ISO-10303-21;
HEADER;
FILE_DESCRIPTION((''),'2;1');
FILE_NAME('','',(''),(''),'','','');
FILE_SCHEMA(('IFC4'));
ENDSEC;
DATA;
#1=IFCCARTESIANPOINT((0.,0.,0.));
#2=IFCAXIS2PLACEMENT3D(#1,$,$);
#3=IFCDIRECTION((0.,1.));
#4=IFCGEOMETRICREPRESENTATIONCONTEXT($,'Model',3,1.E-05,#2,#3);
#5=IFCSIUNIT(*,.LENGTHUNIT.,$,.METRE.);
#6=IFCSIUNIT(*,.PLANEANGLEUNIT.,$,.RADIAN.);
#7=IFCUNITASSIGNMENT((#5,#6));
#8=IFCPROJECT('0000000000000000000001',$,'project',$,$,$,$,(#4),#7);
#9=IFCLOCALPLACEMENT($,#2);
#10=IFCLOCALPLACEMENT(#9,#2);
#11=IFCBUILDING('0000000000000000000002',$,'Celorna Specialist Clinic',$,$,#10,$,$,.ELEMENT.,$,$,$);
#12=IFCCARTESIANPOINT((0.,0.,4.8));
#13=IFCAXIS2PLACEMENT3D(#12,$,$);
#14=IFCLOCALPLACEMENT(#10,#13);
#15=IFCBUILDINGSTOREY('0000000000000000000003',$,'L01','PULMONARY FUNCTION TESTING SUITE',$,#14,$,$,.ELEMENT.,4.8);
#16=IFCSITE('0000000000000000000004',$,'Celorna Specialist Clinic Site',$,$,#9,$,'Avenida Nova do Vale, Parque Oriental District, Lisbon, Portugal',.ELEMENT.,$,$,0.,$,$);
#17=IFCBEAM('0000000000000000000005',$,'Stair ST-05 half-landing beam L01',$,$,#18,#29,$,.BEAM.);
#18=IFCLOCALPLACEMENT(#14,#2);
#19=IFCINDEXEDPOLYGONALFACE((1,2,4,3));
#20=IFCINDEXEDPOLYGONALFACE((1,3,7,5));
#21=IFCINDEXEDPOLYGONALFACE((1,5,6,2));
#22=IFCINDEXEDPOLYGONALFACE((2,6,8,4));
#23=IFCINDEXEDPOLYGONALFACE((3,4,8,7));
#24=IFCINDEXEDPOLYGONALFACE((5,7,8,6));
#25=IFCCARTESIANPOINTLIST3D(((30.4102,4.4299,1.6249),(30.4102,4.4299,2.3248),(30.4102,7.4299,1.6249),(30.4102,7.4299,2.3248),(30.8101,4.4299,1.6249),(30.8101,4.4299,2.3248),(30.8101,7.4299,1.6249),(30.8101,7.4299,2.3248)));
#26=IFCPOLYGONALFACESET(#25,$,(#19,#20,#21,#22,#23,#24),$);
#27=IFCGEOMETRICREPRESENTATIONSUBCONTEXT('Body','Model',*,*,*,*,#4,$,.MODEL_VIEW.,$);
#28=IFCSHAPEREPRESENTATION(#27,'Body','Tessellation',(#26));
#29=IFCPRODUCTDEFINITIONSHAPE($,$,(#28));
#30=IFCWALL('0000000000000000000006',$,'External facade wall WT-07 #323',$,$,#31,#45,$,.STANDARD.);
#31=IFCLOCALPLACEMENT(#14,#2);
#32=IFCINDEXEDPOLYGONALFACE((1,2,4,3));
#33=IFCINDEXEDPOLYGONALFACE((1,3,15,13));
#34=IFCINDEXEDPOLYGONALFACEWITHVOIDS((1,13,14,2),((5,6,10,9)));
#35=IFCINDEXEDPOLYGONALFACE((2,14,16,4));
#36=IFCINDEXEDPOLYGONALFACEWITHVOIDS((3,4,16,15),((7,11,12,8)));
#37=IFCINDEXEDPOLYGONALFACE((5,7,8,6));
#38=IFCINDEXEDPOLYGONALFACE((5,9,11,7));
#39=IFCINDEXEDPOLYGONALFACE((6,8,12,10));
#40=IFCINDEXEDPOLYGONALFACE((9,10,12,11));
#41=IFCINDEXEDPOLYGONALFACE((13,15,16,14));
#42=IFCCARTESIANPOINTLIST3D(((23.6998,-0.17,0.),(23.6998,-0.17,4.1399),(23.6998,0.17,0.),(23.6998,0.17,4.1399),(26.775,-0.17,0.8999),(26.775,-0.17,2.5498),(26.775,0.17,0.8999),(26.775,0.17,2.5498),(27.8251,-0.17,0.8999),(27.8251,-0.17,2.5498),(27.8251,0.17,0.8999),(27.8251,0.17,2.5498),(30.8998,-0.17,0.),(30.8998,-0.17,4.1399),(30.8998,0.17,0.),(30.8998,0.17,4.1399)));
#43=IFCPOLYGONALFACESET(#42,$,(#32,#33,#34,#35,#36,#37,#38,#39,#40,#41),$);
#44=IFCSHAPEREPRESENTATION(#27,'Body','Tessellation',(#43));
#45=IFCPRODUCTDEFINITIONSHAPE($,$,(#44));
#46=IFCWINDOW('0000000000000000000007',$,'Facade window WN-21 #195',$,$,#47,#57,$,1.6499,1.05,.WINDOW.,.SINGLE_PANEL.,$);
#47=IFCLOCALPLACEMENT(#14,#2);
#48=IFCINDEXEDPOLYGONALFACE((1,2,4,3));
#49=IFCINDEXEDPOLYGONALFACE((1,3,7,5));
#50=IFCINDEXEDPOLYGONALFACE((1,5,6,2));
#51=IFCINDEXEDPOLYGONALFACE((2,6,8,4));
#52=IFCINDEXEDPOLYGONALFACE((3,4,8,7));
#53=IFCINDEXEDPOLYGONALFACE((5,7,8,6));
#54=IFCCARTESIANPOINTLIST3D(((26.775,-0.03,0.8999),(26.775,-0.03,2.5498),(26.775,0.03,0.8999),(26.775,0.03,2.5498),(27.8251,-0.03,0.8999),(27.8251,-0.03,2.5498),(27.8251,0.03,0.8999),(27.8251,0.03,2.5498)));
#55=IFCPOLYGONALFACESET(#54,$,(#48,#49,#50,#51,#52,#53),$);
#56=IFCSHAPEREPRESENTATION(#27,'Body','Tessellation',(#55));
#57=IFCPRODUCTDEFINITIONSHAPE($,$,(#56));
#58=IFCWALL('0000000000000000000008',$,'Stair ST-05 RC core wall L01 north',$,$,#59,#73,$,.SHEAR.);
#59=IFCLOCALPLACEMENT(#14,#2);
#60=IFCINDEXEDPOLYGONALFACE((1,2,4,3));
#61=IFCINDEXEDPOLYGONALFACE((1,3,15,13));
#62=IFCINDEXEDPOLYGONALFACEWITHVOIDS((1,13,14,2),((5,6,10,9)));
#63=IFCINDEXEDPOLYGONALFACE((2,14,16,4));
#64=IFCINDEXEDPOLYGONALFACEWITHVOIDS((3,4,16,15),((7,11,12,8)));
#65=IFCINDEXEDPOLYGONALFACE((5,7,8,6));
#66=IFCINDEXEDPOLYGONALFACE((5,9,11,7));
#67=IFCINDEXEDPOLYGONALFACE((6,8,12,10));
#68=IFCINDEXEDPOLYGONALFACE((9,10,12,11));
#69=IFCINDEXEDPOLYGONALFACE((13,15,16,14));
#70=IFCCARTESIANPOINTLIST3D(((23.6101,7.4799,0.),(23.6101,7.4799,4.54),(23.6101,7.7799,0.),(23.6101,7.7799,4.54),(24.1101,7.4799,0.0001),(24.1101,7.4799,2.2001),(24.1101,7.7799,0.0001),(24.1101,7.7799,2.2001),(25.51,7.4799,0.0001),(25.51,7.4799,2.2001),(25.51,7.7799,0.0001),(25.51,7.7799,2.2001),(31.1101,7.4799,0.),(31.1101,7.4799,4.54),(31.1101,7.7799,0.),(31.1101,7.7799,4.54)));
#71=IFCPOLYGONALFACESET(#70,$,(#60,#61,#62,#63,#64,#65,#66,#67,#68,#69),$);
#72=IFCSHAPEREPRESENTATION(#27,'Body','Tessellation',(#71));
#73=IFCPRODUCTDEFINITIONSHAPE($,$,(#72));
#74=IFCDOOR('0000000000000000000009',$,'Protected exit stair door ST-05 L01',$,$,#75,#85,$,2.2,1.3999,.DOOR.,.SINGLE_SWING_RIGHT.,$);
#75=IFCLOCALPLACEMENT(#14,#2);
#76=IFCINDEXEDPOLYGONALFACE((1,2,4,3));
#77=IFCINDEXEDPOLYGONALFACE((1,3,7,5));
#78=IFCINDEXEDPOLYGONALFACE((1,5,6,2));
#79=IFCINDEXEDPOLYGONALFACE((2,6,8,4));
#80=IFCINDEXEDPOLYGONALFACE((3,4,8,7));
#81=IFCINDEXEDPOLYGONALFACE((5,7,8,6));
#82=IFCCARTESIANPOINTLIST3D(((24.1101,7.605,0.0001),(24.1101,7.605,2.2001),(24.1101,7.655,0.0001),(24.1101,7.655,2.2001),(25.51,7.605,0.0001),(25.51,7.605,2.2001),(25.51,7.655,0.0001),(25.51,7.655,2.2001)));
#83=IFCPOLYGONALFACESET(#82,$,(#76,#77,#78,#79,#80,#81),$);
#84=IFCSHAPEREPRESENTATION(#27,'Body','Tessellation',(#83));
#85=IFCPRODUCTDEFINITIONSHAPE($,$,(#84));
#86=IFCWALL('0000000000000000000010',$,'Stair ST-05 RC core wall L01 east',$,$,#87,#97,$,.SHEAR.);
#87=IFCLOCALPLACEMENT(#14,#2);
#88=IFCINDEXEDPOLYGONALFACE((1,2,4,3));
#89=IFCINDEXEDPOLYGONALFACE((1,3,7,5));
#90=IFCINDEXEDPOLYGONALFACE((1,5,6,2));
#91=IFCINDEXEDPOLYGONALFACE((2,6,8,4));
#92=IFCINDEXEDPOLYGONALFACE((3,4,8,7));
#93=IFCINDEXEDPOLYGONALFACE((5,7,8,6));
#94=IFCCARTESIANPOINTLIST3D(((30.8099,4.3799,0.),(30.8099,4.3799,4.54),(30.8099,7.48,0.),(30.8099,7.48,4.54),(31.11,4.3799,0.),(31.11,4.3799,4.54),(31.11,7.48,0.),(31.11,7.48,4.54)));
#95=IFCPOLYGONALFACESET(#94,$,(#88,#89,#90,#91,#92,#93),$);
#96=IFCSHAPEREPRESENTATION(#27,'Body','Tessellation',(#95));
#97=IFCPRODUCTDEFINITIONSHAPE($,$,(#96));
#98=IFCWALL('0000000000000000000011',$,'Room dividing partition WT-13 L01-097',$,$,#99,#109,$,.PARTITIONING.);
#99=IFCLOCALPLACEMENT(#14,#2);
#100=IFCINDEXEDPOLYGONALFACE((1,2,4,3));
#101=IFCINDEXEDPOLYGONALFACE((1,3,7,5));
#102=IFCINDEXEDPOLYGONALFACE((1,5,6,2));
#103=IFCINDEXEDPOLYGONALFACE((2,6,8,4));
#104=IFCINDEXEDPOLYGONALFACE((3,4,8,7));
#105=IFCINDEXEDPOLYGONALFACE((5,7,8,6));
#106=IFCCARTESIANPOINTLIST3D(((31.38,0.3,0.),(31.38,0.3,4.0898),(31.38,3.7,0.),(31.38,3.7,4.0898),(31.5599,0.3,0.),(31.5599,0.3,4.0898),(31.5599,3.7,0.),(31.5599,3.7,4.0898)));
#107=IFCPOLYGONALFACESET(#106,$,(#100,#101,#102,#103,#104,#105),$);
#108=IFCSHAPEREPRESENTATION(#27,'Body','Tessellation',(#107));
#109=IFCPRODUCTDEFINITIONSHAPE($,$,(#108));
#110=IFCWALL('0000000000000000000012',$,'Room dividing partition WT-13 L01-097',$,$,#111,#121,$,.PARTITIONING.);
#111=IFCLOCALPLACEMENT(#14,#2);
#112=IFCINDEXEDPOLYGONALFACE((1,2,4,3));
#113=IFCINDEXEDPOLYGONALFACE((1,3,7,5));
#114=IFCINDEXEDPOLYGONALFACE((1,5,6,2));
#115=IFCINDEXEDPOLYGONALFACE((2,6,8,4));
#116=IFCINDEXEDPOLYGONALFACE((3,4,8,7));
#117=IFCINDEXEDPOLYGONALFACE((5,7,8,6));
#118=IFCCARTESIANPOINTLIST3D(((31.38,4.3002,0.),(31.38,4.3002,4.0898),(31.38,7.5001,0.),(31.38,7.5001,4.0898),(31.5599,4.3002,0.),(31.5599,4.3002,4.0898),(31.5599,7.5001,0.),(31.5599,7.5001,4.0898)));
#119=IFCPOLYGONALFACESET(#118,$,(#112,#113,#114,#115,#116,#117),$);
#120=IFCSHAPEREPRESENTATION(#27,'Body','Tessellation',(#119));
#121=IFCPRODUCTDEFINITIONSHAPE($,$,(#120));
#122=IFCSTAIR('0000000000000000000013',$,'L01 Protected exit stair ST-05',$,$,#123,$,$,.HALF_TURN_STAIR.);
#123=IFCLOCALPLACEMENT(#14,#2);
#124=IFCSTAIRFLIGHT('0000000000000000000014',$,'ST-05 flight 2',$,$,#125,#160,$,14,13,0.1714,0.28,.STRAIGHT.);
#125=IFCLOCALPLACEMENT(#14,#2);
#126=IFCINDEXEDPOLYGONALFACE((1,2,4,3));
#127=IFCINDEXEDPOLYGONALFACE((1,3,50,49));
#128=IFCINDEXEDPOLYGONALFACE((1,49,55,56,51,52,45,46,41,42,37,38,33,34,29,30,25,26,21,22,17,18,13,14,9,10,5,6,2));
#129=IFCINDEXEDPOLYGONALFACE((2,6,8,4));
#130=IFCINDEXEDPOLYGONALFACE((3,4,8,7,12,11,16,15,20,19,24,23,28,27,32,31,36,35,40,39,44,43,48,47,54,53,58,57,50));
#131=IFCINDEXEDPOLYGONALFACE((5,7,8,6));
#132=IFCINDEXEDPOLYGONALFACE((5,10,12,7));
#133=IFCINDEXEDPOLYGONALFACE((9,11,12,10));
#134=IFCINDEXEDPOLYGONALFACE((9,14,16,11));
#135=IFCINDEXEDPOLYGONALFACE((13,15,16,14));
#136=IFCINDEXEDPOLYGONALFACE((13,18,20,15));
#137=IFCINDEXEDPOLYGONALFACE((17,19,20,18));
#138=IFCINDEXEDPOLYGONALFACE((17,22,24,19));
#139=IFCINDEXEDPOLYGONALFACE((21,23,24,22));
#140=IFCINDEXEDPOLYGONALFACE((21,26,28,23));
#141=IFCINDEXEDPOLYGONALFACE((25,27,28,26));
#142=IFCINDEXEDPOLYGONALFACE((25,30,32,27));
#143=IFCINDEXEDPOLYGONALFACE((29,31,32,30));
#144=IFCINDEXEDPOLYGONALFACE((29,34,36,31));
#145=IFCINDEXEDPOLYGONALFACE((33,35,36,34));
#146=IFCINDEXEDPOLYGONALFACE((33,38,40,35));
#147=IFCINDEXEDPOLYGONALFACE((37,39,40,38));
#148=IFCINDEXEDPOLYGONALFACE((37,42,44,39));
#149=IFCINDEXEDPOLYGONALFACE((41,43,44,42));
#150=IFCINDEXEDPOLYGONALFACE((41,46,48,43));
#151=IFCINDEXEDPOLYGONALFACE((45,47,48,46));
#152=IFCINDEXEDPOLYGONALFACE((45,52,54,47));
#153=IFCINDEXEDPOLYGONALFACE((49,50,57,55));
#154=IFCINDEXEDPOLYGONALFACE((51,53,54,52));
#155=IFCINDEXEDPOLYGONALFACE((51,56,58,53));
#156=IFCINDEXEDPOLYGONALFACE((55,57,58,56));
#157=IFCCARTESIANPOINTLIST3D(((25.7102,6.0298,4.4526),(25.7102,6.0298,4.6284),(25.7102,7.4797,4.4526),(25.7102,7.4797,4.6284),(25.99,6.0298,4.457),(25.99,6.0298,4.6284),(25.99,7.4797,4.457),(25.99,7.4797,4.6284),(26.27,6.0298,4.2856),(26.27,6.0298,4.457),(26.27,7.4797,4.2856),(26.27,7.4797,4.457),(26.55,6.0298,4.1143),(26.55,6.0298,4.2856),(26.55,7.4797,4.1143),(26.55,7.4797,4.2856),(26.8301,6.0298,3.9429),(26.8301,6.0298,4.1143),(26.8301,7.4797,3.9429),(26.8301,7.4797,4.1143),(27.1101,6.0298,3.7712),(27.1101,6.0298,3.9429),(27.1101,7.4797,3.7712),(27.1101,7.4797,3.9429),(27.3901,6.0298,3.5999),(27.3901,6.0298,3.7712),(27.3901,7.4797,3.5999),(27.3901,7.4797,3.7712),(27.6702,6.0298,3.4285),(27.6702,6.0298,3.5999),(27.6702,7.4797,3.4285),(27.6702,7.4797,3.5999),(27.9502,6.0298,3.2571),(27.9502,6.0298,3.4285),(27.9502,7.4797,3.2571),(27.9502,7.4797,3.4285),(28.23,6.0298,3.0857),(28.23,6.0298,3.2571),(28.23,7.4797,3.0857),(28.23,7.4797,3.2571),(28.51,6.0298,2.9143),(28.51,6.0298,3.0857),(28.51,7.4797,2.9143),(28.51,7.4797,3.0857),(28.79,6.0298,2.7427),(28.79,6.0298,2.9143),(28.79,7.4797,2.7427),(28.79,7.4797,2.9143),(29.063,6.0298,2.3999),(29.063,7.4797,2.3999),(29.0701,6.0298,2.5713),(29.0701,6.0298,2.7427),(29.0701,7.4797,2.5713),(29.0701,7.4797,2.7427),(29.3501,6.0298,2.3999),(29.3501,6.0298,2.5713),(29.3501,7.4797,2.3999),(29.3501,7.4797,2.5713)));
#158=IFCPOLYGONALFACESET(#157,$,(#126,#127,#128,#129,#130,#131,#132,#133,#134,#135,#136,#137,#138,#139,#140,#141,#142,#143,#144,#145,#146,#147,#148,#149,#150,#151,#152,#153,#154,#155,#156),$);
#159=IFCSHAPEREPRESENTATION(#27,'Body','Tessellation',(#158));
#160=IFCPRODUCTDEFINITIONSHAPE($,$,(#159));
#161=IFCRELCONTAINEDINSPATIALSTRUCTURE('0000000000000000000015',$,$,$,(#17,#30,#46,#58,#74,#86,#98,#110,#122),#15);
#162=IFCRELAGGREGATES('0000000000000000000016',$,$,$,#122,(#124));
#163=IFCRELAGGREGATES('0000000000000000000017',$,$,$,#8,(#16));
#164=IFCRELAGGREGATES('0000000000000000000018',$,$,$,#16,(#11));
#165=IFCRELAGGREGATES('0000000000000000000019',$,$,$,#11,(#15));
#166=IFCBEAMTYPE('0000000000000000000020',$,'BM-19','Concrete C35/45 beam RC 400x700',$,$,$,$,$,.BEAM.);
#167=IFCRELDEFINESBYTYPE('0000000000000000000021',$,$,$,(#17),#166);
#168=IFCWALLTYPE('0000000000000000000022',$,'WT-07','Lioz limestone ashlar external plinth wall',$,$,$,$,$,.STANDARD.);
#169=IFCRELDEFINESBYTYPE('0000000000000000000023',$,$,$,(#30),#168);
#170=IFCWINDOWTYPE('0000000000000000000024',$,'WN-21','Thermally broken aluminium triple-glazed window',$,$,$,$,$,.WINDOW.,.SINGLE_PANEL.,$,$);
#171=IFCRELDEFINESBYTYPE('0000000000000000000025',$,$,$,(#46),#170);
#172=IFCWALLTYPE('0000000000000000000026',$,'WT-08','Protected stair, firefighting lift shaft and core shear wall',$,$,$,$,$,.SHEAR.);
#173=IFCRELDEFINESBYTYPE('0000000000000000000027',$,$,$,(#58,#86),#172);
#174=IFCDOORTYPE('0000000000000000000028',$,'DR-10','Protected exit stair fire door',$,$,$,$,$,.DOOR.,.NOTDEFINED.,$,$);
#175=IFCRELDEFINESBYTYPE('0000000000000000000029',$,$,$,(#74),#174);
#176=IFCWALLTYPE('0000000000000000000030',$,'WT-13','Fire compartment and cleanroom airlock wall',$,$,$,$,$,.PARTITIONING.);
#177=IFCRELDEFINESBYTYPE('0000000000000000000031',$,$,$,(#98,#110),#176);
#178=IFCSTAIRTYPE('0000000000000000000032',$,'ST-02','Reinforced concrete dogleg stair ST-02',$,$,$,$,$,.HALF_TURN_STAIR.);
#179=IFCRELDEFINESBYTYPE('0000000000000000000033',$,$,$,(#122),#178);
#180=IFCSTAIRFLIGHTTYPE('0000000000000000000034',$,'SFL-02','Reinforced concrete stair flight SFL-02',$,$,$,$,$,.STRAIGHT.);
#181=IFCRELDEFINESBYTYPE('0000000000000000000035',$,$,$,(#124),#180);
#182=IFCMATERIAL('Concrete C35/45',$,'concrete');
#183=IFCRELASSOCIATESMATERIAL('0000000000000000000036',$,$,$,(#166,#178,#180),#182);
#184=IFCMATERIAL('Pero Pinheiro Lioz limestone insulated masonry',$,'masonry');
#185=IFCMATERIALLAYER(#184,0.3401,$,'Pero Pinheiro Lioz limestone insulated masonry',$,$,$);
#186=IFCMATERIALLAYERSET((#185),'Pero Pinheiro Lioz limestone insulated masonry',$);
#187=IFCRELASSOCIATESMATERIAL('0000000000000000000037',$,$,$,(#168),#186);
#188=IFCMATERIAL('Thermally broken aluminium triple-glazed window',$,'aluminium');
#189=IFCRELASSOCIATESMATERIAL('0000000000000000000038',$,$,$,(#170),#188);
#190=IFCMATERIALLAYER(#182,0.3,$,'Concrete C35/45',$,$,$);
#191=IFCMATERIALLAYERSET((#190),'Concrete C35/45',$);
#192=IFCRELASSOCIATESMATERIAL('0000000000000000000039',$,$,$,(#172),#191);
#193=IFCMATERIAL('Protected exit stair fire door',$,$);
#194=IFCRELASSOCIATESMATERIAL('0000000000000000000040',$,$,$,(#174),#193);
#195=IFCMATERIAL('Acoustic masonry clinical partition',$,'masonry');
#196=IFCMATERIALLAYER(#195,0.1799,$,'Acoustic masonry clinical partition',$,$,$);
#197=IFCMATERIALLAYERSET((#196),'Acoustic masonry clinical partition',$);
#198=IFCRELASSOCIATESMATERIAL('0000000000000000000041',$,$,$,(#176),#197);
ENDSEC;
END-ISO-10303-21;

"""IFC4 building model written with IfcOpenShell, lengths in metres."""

from ifc_helpers import new_model, si_unit, direction, frame, frame_2d, origin, origin_2d, place, context, subcontext, project, spatial, polyline, rectangle, outline, extrude, material, layer, layer_set, material_profile, profile_set, type_object, element, fill, aggregate, save


model = new_model("IFC4")

# Units and contexts
model_context = context("Model", 3, precision=1e-05, world=origin(), true_north=direction((0.0, 1.0)))
body_context = subcontext(model_context, "Body", "Model", "MODEL_VIEW")
ifc_project = project(units=[si_unit("LENGTHUNIT", "METRE"), si_unit("PLANEANGLEUNIT", "RADIAN")], contexts=[model_context])

# Site, building, storey
site_placement = place(None, origin())
site = spatial("IfcSite", under=ifc_project, at=site_placement, Name="Celorna Specialist Clinic Site", LongName="Avenida Nova do Vale, Parque Oriental District, Lisbon, Portugal", CompositionType="ELEMENT", RefElevation=0.0)
building_placement = place(site_placement, origin())
building = spatial("IfcBuilding", under=site, at=building_placement, Name="Celorna Specialist Clinic", CompositionType="ELEMENT")
storey_placement = place(building_placement, frame((0.0, 0.0, 4.8)))
storey = spatial("IfcBuildingStorey", under=building, at=storey_placement, Name="L01", Description="PULMONARY FUNCTION TESTING SUITE", CompositionType="ELEMENT", Elevation=4.8)

# Shared definitions
ifc_material_1 = material(Name="Concrete C35/45", Category="concrete")

# Beam
ifc_material_profile_1 = material_profile(ifc_material_1, rectangle(XDim=0.3999, YDim=0.7, at=origin_2d()), Name="RC 400x700")
ifc_profile_set_1 = profile_set([ifc_material_profile_1], Name="Concrete C35/45")
beam_type_1 = type_object("IfcBeamType", Name="BM-19", Description="Concrete C35/45 beam RC 400x700", PredefinedType="BEAM", material=ifc_profile_set_1)
beam_1_placement = place(storey_placement, frame((30.6101, 4.4299, 1.9749), z_axis=(0.0, 1.0, 0.0), x_axis=(-1.0, 0.0, 0.0)))
element("IfcBeam", 1, at=beam_1_placement, inside=storey, type_object=beam_type_1, Name="Stair ST-05 half-landing beam L01", PredefinedType="BEAM", context=body_context, shape_type="SweptSolid", body=[
    extrude(rectangle(XDim=0.3999, YDim=0.7, at=origin_2d()), origin(), (0.0, 0.0, 1.0), 3.0),
])

# Wall, opening, window
ifc_material_2 = material(Name="Pero Pinheiro Lioz limestone insulated masonry", Category="masonry")
ifc_layer_1 = layer(ifc_material_2, 0.3401, Name="Pero Pinheiro Lioz limestone insulated masonry")
ifc_layer_set_1 = layer_set([ifc_layer_1], Name="Pero Pinheiro Lioz limestone insulated masonry")
wall_type_1 = type_object("IfcWallType", Name="WT-07", Description="Lioz limestone ashlar external plinth wall", PredefinedType="STANDARD", material=ifc_layer_set_1)
wall_1_placement = place(storey_placement, frame((30.8999, 0.0, 0.0), z_axis=(0.0, 0.0, 1.0), x_axis=(-1.0, 0.0, 0.0)))
wall_1 = element("IfcWall", 2, at=wall_1_placement, inside=storey, type_object=wall_type_1, Name="External facade wall WT-07 #323", PredefinedType="STANDARD", context=body_context, shape_type="SweptSolid", body=[
    extrude(rectangle(XDim=7.2, YDim=0.3401, at=frame_2d((3.6001, 0.0))), origin(), (0.0, 0.0, 1.0), 4.1399),
])
opening_1_placement = place(wall_1_placement, frame((3.075, 0.0, 0.8999)))
opening_1 = element("IfcOpeningElement", 3, at=opening_1_placement, cuts=wall_1, PredefinedType="OPENING", context=body_context, shape_type="SweptSolid", body=[
    extrude(rectangle(XDim=1.05, YDim=1.6499, at=frame_2d((0.5249, 0.825))), frame((0.0, 0.1799, 0.0), z_axis=(0.0, -1.0, 0.0), x_axis=(1.0, 0.0, 0.0)), (0.0, 0.0, 1.0), 0.3601),
])
ifc_material_3 = material(Name="Thermally broken aluminium triple-glazed window", Category="aluminium")
window_type = type_object("IfcWindowType", Name="WN-21", Description="Thermally broken aluminium triple-glazed window", PartitioningType="SINGLE_PANEL", PredefinedType="WINDOW", material=ifc_material_3)
window_placement = place(opening_1_placement, origin())
window = element("IfcWindow", 4, at=window_placement, inside=storey, type_object=window_type, Name="Facade window WN-21 #195", OverallHeight=1.6499, OverallWidth=1.05, PartitioningType="SINGLE_PANEL", PredefinedType="WINDOW", context=body_context, shape_type="SweptSolid", body=[
    extrude(rectangle(XDim=1.05, YDim=1.6499, at=frame_2d((0.5249, 0.825))), frame((0.0, 0.03, 0.0), z_axis=(0.0, -1.0, 0.0), x_axis=(1.0, 0.0, 0.0)), (0.0, 0.0, 1.0), 0.0601),
])
fill(opening_1, window)

# Wall, opening, door
ifc_layer_2 = layer(ifc_material_1, 0.3, Name="Concrete C35/45")
ifc_layer_set_2 = layer_set([ifc_layer_2], Name="Concrete C35/45")
wall_type_2 = type_object("IfcWallType", Name="WT-08", Description="Protected stair, firefighting lift shaft and core shear wall", PredefinedType="SHEAR", material=ifc_layer_set_2)
wall_2_placement = place(storey_placement, frame((31.1101, 7.6299, 0.0), z_axis=(0.0, 0.0, 1.0), x_axis=(-1.0, 0.0, 0.0)))
wall_2 = element("IfcWall", 5, at=wall_2_placement, inside=storey, type_object=wall_type_2, Name="Stair ST-05 RC core wall L01 north", PredefinedType="SHEAR", context=body_context, shape_type="SweptSolid", body=[
    extrude(rectangle(XDim=7.5, YDim=0.3, at=frame_2d((3.75, 0.0))), origin(), (0.0, 0.0, 1.0), 4.54),
])
opening_2_placement = place(wall_2_placement, frame((5.6001, 0.0, 0.0)))
opening_2 = element("IfcOpeningElement", 6, at=opening_2_placement, cuts=wall_2, PredefinedType="OPENING", context=body_context, shape_type="SweptSolid", body=[
    extrude(rectangle(XDim=1.3999, YDim=2.2, at=frame_2d((0.7, 1.1001))), frame((0.0, 0.1599, 0.0), z_axis=(0.0, -1.0, 0.0), x_axis=(1.0, 0.0, 0.0)), (0.0, 0.0, 1.0), 0.3201),
])
ifc_material_4 = material(Name="Protected exit stair fire door")
door_type = type_object("IfcDoorType", Name="DR-10", Description="Protected exit stair fire door", OperationType="NOTDEFINED", PredefinedType="DOOR", material=ifc_material_4)
door_placement = place(opening_2_placement, origin())
door = element("IfcDoor", 7, at=door_placement, inside=storey, type_object=door_type, Name="Protected exit stair door ST-05 L01", OperationType="SINGLE_SWING_RIGHT", OverallHeight=2.2, OverallWidth=1.3999, PredefinedType="DOOR", context=body_context, shape_type="SweptSolid", body=[
    extrude(rectangle(XDim=1.3999, YDim=2.2, at=frame_2d((0.7, 1.1001))), frame((0.0, 0.0249, 0.0), z_axis=(0.0, -1.0, 0.0), x_axis=(1.0, 0.0, 0.0)), (0.0, 0.0, 1.0), 0.05),
])
fill(opening_2, door)

# Walls
wall_3_placement = place(storey_placement, frame((30.96, 4.3799, 0.0), z_axis=(0.0, 0.0, 1.0), x_axis=(0.0, 1.0, 0.0)))
element("IfcWall", 8, at=wall_3_placement, inside=storey, type_object=wall_type_2, Name="Stair ST-05 RC core wall L01 east", PredefinedType="SHEAR", context=body_context, shape_type="SweptSolid", body=[
    extrude(rectangle(XDim=3.1001, YDim=0.3, at=frame_2d((1.55, 0.0))), origin(), (0.0, 0.0, 1.0), 4.54),
])
ifc_material_5 = material(Name="Acoustic masonry clinical partition", Category="masonry")
ifc_layer_3 = layer(ifc_material_5, 0.1799, Name="Acoustic masonry clinical partition")
ifc_layer_set_3 = layer_set([ifc_layer_3], Name="Acoustic masonry clinical partition")
wall_type_3 = type_object("IfcWallType", Name="WT-13", Description="Fire compartment and cleanroom airlock wall", PredefinedType="PARTITIONING", material=ifc_layer_set_3)
wall_4_placement = place(storey_placement, frame((31.47, 0.3, 0.0), z_axis=(0.0, 0.0, 1.0), x_axis=(0.0, 1.0, 0.0)))
element("IfcWall", 9, at=wall_4_placement, inside=storey, type_object=wall_type_3, Name="Room dividing partition WT-13 L01-097", PredefinedType="PARTITIONING", context=body_context, shape_type="SweptSolid", body=[
    extrude(rectangle(XDim=3.3999, YDim=0.1799, at=frame_2d((1.7, 0.0))), origin(), (0.0, 0.0, 1.0), 4.0898),
])
wall_5_placement = place(storey_placement, frame((31.47, 4.3, 0.0), z_axis=(0.0, 0.0, 1.0), x_axis=(0.0, 1.0, 0.0)))
element("IfcWall", 10, at=wall_5_placement, inside=storey, type_object=wall_type_3, Name="Room dividing partition WT-13 L01-097", PredefinedType="PARTITIONING", context=body_context, shape_type="SweptSolid", body=[
    extrude(rectangle(XDim=3.2, YDim=0.1799, at=frame_2d((1.6001, 0.0))), origin(), (0.0, 0.0, 1.0), 4.0898),
])

# Stair, stair flight
stair_type = type_object("IfcStairType", Name="ST-02", Description="Reinforced concrete dogleg stair ST-02", PredefinedType="HALF_TURN_STAIR", material=ifc_material_1)
stair_placement = place(storey_placement, origin())
stair = element("IfcStair", 11, at=stair_placement, inside=storey, type_object=stair_type, Name="L01 Protected exit stair ST-05", PredefinedType="HALF_TURN_STAIR")
stair_flight_type = type_object("IfcStairFlightType", Name="SFL-02", Description="Reinforced concrete stair flight SFL-02", PredefinedType="STRAIGHT", material=ifc_material_1)
stair_flight_placement = place(storey_placement, frame((29.3501, 6.7549, 2.3999), z_axis=(0.0, 0.0, 1.0), x_axis=(-1.0, 0.0, 0.0)))
stair_flight = element("IfcStairFlight", 12, at=stair_flight_placement, type_object=stair_flight_type, Name="ST-05 flight 2", NumberOfRisers=14, NumberOfTreads=13, PredefinedType="STRAIGHT", RiserHeight=0.1714, TreadLength=0.28, context=body_context, shape_type="SweptSolid", body=[
    extrude(outline(polyline([(0.0, 0.0), (0.0, 0.1714), (0.28, 0.1714), (0.28, 0.3428), (0.5601, 0.3428), (0.5601, 0.5144), (0.8401, 0.5144), (0.8401, 0.6858), (1.1201, 0.6858), (1.1201, 0.8572), (1.3999, 0.8572), (1.3999, 1.0286), (1.6799, 1.0286), (1.6799, 1.2), (1.96, 1.2), (1.96, 1.3713), (2.24, 1.3713), (2.24, 1.543), (2.52, 1.543), (2.52, 1.7144), (2.8, 1.7144), (2.8, 1.8857), (3.0801, 1.8857), (3.0801, 2.0571), (3.3601, 2.0571), (3.3601, 2.2285), (3.6399, 2.2285), (3.6399, 2.3999), (3.6399, 2.0527), (0.2871, 0.0), (0.0, 0.0)])), frame((0.0, 0.7251, 0.0), z_axis=(0.0, -1.0, 0.0), x_axis=(1.0, 0.0, 0.0)), (0.0, 0.0, 1.0), 1.45),
])
aggregate(stair, [stair_flight])

save(model, "model.ifc")
